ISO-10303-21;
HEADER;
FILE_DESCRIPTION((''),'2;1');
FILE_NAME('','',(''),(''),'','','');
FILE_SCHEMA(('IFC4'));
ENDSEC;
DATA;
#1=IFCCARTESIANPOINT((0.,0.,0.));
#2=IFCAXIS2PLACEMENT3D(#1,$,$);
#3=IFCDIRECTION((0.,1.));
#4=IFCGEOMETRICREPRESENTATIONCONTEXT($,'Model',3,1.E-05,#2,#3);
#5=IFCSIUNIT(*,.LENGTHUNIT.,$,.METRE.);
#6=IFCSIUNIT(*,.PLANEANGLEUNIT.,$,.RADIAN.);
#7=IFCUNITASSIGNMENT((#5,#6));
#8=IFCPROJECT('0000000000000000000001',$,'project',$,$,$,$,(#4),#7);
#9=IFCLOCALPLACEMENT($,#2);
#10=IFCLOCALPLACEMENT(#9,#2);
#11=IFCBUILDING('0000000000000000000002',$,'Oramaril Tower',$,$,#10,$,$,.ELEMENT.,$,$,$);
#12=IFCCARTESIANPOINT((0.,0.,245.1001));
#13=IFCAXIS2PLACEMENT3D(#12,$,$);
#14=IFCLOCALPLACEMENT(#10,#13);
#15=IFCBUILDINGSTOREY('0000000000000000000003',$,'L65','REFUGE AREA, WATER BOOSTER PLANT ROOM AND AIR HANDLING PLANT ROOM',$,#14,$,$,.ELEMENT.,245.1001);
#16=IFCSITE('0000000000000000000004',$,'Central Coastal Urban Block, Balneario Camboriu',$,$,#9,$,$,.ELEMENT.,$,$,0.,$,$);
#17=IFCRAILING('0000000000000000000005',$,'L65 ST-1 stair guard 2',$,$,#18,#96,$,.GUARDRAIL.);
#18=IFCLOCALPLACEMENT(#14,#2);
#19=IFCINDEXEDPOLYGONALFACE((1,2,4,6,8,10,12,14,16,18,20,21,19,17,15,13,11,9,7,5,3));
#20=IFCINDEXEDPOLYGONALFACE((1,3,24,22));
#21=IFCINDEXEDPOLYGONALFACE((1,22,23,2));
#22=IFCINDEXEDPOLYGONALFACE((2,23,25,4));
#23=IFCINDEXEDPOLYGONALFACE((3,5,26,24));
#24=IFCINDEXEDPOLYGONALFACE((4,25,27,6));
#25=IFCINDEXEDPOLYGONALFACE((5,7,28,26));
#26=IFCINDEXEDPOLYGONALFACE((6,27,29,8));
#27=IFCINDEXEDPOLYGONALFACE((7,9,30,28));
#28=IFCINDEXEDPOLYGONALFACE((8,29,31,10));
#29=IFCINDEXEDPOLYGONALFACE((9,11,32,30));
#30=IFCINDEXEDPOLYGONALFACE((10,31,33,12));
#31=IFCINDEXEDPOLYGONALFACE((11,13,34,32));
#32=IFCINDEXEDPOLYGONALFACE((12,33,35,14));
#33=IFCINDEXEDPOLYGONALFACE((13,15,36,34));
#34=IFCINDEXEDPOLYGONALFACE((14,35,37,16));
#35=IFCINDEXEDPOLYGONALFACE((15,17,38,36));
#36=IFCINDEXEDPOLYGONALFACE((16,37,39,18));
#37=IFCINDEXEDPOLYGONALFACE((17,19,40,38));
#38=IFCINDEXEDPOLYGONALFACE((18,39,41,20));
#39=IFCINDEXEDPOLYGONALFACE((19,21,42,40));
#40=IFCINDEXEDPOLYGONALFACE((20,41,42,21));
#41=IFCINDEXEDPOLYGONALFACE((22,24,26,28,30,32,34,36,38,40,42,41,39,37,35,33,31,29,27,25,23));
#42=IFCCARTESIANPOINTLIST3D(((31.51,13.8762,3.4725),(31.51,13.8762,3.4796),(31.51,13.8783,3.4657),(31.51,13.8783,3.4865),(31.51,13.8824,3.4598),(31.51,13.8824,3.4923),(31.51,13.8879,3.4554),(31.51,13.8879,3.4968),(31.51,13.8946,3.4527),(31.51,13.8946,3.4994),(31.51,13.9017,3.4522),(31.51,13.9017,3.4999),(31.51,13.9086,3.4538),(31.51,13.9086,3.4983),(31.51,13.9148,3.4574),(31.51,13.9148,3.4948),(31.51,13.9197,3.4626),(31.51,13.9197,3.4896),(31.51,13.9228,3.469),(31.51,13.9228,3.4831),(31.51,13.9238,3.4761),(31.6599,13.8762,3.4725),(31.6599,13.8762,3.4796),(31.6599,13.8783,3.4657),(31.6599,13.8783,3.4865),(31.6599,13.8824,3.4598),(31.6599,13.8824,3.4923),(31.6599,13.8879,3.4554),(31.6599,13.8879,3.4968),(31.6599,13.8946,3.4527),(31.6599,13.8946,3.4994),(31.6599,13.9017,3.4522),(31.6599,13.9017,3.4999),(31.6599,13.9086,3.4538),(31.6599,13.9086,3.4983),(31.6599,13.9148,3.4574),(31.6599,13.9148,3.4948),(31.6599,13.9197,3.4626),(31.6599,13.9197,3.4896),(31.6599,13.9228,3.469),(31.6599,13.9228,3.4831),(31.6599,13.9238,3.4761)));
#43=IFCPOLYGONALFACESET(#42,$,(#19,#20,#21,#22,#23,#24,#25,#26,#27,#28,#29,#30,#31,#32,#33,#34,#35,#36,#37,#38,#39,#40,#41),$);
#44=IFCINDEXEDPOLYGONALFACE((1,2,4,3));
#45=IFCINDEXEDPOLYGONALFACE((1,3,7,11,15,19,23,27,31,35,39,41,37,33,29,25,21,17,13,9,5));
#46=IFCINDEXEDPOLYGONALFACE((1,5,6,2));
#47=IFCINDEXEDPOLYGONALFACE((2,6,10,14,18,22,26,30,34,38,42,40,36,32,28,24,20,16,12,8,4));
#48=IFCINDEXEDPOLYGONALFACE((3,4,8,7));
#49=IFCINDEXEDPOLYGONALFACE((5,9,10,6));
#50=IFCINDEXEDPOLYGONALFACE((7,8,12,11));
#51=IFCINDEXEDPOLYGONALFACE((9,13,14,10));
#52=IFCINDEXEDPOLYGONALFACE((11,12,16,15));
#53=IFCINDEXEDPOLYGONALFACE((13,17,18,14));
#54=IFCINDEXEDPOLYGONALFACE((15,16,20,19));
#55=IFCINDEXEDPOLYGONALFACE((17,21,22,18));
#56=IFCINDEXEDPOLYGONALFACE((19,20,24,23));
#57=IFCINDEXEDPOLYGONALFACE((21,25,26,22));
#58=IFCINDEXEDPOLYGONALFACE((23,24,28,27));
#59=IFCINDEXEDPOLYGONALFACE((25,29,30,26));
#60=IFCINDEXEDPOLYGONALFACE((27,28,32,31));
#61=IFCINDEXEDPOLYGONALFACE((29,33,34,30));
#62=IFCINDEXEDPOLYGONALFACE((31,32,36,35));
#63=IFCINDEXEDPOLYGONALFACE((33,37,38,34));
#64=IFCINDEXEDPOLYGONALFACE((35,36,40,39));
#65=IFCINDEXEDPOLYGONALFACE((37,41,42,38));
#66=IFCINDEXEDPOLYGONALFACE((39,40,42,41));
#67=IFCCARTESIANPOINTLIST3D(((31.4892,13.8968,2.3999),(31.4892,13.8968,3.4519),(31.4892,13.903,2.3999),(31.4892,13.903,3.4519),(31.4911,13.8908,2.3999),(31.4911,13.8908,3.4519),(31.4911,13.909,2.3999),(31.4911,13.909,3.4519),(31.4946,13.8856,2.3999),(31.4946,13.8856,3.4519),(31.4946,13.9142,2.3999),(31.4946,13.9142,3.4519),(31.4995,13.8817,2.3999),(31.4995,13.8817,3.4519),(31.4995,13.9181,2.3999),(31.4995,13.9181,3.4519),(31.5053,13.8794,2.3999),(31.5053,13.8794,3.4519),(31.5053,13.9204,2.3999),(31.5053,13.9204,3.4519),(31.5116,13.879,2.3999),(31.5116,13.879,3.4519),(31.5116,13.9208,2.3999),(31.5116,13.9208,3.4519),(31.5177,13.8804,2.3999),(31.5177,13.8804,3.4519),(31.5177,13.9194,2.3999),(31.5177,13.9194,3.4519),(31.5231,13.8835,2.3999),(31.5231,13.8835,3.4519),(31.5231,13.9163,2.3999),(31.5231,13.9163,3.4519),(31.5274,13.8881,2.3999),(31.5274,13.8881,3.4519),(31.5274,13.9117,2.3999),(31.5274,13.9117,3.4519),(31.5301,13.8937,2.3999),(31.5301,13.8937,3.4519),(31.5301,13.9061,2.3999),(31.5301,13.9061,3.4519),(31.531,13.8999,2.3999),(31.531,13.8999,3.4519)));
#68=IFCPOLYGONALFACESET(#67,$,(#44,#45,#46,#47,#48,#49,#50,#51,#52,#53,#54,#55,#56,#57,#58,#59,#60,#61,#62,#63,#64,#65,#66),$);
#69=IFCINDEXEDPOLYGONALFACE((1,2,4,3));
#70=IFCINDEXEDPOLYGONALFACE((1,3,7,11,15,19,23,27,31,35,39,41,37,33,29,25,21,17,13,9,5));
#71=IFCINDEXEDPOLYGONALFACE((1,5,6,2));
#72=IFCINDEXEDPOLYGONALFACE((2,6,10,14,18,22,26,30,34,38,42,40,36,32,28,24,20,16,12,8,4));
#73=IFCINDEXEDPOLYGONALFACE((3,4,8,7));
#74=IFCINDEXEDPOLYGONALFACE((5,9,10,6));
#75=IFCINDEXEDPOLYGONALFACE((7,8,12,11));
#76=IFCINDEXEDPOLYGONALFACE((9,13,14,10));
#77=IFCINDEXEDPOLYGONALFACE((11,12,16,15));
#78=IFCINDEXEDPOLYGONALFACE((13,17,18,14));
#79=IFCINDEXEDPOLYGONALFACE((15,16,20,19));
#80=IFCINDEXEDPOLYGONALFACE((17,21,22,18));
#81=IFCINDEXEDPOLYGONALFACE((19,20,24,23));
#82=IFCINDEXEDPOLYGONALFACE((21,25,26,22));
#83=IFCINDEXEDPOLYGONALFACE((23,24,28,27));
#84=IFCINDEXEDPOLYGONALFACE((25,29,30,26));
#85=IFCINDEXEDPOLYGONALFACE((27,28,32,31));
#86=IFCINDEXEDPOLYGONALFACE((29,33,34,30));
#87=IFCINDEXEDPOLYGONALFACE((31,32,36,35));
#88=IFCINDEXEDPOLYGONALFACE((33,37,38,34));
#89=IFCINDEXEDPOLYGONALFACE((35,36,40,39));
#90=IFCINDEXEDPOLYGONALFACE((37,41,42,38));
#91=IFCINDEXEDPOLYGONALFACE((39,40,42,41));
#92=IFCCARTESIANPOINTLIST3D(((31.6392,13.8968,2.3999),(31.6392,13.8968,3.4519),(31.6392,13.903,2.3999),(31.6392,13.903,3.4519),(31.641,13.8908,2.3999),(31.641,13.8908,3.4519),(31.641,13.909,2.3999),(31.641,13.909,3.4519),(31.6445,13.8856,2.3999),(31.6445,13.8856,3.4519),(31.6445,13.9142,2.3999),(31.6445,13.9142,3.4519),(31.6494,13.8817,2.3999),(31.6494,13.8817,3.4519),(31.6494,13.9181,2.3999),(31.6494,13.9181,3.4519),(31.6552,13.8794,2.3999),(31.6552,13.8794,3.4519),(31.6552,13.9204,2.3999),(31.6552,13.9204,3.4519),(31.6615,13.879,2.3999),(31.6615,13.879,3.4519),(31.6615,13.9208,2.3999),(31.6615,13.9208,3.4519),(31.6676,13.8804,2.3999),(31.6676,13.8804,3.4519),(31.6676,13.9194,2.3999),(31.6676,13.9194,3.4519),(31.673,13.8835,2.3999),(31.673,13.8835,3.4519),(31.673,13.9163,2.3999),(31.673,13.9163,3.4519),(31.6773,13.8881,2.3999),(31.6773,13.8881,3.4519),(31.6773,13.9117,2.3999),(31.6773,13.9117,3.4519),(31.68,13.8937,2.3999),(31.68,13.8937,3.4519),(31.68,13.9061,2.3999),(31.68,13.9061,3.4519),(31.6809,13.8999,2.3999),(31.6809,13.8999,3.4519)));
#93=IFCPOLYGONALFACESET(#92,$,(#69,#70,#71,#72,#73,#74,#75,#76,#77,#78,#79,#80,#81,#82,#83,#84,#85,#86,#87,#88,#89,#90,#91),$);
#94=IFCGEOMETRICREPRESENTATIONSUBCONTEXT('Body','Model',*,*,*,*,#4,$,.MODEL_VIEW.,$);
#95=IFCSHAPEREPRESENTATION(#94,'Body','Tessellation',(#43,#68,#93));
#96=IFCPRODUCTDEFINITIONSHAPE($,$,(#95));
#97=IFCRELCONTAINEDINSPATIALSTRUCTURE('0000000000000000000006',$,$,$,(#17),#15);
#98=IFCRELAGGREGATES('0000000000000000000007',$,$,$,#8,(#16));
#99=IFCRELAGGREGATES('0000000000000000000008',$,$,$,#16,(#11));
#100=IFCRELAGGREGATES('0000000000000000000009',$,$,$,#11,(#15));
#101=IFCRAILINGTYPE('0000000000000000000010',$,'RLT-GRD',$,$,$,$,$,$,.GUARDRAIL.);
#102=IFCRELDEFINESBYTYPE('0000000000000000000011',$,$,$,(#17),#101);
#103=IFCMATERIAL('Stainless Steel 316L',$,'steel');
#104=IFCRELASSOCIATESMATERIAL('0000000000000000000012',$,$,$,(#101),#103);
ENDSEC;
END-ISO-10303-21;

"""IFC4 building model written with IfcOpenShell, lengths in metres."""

from ifc_helpers import new_model, si_unit, direction, frame, origin, origin_2d, place, context, subcontext, project, spatial, circle, extrude, material, type_object, element, save


model = new_model("IFC4")

# Units and contexts
model_context = context("Model", 3, precision=1e-05, world=origin(), true_north=direction((0.0, 1.0)))
body_context = subcontext(model_context, "Body", "Model", "MODEL_VIEW")
ifc_project = project(units=[si_unit("LENGTHUNIT", "METRE"), si_unit("PLANEANGLEUNIT", "RADIAN")], contexts=[model_context])

# Site, building, storey
site_placement = place(None, origin())
site = spatial("IfcSite", under=ifc_project, at=site_placement, Name="Central Coastal Urban Block, Balneario Camboriu", CompositionType="ELEMENT", RefElevation=0.0)
building_placement = place(site_placement, origin())
building = spatial("IfcBuilding", under=site, at=building_placement, Name="Oramaril Tower", CompositionType="ELEMENT")
storey_placement = place(building_placement, frame((0.0, 0.0, 245.1001)))
storey = spatial("IfcBuildingStorey", under=building, at=storey_placement, Name="L65", Description="REFUGE AREA, WATER BOOSTER PLANT ROOM AND AIR HANDLING PLANT ROOM", CompositionType="ELEMENT", Elevation=245.1001)

# Railing
ifc_material_1 = material(Name="Stainless Steel 316L", Category="steel")
railing_type_1 = type_object("IfcRailingType", Name="RLT-GRD", PredefinedType="GUARDRAIL", material=ifc_material_1)
railing_1_placement = place(storey_placement, frame((31.51, 13.8999, 2.3999)))
element("IfcRailing", 1, at=railing_1_placement, inside=storey, type_object=railing_type_1, Name="L65 ST-1 stair guard 2", PredefinedType="GUARDRAIL", context=body_context, shape_type="SweptSolid", body=[
    extrude(circle(Radius=0.0239, at=origin_2d()), frame((0.0, 0.0, 1.0762), z_axis=(1.0, 0.0, 0.0), x_axis=(0.0, 1.0, 0.0)), (0.0, 0.0, 1.0), 0.1499),
    extrude(circle(Radius=0.021, at=origin_2d()), origin(), (0.0, 0.0, 1.0), 1.052),
    extrude(circle(Radius=0.021, at=origin_2d()), frame((0.1499, 0.0, 0.0)), (0.0, 0.0, 1.0), 1.052),
])

save(model, "model.ifc")
